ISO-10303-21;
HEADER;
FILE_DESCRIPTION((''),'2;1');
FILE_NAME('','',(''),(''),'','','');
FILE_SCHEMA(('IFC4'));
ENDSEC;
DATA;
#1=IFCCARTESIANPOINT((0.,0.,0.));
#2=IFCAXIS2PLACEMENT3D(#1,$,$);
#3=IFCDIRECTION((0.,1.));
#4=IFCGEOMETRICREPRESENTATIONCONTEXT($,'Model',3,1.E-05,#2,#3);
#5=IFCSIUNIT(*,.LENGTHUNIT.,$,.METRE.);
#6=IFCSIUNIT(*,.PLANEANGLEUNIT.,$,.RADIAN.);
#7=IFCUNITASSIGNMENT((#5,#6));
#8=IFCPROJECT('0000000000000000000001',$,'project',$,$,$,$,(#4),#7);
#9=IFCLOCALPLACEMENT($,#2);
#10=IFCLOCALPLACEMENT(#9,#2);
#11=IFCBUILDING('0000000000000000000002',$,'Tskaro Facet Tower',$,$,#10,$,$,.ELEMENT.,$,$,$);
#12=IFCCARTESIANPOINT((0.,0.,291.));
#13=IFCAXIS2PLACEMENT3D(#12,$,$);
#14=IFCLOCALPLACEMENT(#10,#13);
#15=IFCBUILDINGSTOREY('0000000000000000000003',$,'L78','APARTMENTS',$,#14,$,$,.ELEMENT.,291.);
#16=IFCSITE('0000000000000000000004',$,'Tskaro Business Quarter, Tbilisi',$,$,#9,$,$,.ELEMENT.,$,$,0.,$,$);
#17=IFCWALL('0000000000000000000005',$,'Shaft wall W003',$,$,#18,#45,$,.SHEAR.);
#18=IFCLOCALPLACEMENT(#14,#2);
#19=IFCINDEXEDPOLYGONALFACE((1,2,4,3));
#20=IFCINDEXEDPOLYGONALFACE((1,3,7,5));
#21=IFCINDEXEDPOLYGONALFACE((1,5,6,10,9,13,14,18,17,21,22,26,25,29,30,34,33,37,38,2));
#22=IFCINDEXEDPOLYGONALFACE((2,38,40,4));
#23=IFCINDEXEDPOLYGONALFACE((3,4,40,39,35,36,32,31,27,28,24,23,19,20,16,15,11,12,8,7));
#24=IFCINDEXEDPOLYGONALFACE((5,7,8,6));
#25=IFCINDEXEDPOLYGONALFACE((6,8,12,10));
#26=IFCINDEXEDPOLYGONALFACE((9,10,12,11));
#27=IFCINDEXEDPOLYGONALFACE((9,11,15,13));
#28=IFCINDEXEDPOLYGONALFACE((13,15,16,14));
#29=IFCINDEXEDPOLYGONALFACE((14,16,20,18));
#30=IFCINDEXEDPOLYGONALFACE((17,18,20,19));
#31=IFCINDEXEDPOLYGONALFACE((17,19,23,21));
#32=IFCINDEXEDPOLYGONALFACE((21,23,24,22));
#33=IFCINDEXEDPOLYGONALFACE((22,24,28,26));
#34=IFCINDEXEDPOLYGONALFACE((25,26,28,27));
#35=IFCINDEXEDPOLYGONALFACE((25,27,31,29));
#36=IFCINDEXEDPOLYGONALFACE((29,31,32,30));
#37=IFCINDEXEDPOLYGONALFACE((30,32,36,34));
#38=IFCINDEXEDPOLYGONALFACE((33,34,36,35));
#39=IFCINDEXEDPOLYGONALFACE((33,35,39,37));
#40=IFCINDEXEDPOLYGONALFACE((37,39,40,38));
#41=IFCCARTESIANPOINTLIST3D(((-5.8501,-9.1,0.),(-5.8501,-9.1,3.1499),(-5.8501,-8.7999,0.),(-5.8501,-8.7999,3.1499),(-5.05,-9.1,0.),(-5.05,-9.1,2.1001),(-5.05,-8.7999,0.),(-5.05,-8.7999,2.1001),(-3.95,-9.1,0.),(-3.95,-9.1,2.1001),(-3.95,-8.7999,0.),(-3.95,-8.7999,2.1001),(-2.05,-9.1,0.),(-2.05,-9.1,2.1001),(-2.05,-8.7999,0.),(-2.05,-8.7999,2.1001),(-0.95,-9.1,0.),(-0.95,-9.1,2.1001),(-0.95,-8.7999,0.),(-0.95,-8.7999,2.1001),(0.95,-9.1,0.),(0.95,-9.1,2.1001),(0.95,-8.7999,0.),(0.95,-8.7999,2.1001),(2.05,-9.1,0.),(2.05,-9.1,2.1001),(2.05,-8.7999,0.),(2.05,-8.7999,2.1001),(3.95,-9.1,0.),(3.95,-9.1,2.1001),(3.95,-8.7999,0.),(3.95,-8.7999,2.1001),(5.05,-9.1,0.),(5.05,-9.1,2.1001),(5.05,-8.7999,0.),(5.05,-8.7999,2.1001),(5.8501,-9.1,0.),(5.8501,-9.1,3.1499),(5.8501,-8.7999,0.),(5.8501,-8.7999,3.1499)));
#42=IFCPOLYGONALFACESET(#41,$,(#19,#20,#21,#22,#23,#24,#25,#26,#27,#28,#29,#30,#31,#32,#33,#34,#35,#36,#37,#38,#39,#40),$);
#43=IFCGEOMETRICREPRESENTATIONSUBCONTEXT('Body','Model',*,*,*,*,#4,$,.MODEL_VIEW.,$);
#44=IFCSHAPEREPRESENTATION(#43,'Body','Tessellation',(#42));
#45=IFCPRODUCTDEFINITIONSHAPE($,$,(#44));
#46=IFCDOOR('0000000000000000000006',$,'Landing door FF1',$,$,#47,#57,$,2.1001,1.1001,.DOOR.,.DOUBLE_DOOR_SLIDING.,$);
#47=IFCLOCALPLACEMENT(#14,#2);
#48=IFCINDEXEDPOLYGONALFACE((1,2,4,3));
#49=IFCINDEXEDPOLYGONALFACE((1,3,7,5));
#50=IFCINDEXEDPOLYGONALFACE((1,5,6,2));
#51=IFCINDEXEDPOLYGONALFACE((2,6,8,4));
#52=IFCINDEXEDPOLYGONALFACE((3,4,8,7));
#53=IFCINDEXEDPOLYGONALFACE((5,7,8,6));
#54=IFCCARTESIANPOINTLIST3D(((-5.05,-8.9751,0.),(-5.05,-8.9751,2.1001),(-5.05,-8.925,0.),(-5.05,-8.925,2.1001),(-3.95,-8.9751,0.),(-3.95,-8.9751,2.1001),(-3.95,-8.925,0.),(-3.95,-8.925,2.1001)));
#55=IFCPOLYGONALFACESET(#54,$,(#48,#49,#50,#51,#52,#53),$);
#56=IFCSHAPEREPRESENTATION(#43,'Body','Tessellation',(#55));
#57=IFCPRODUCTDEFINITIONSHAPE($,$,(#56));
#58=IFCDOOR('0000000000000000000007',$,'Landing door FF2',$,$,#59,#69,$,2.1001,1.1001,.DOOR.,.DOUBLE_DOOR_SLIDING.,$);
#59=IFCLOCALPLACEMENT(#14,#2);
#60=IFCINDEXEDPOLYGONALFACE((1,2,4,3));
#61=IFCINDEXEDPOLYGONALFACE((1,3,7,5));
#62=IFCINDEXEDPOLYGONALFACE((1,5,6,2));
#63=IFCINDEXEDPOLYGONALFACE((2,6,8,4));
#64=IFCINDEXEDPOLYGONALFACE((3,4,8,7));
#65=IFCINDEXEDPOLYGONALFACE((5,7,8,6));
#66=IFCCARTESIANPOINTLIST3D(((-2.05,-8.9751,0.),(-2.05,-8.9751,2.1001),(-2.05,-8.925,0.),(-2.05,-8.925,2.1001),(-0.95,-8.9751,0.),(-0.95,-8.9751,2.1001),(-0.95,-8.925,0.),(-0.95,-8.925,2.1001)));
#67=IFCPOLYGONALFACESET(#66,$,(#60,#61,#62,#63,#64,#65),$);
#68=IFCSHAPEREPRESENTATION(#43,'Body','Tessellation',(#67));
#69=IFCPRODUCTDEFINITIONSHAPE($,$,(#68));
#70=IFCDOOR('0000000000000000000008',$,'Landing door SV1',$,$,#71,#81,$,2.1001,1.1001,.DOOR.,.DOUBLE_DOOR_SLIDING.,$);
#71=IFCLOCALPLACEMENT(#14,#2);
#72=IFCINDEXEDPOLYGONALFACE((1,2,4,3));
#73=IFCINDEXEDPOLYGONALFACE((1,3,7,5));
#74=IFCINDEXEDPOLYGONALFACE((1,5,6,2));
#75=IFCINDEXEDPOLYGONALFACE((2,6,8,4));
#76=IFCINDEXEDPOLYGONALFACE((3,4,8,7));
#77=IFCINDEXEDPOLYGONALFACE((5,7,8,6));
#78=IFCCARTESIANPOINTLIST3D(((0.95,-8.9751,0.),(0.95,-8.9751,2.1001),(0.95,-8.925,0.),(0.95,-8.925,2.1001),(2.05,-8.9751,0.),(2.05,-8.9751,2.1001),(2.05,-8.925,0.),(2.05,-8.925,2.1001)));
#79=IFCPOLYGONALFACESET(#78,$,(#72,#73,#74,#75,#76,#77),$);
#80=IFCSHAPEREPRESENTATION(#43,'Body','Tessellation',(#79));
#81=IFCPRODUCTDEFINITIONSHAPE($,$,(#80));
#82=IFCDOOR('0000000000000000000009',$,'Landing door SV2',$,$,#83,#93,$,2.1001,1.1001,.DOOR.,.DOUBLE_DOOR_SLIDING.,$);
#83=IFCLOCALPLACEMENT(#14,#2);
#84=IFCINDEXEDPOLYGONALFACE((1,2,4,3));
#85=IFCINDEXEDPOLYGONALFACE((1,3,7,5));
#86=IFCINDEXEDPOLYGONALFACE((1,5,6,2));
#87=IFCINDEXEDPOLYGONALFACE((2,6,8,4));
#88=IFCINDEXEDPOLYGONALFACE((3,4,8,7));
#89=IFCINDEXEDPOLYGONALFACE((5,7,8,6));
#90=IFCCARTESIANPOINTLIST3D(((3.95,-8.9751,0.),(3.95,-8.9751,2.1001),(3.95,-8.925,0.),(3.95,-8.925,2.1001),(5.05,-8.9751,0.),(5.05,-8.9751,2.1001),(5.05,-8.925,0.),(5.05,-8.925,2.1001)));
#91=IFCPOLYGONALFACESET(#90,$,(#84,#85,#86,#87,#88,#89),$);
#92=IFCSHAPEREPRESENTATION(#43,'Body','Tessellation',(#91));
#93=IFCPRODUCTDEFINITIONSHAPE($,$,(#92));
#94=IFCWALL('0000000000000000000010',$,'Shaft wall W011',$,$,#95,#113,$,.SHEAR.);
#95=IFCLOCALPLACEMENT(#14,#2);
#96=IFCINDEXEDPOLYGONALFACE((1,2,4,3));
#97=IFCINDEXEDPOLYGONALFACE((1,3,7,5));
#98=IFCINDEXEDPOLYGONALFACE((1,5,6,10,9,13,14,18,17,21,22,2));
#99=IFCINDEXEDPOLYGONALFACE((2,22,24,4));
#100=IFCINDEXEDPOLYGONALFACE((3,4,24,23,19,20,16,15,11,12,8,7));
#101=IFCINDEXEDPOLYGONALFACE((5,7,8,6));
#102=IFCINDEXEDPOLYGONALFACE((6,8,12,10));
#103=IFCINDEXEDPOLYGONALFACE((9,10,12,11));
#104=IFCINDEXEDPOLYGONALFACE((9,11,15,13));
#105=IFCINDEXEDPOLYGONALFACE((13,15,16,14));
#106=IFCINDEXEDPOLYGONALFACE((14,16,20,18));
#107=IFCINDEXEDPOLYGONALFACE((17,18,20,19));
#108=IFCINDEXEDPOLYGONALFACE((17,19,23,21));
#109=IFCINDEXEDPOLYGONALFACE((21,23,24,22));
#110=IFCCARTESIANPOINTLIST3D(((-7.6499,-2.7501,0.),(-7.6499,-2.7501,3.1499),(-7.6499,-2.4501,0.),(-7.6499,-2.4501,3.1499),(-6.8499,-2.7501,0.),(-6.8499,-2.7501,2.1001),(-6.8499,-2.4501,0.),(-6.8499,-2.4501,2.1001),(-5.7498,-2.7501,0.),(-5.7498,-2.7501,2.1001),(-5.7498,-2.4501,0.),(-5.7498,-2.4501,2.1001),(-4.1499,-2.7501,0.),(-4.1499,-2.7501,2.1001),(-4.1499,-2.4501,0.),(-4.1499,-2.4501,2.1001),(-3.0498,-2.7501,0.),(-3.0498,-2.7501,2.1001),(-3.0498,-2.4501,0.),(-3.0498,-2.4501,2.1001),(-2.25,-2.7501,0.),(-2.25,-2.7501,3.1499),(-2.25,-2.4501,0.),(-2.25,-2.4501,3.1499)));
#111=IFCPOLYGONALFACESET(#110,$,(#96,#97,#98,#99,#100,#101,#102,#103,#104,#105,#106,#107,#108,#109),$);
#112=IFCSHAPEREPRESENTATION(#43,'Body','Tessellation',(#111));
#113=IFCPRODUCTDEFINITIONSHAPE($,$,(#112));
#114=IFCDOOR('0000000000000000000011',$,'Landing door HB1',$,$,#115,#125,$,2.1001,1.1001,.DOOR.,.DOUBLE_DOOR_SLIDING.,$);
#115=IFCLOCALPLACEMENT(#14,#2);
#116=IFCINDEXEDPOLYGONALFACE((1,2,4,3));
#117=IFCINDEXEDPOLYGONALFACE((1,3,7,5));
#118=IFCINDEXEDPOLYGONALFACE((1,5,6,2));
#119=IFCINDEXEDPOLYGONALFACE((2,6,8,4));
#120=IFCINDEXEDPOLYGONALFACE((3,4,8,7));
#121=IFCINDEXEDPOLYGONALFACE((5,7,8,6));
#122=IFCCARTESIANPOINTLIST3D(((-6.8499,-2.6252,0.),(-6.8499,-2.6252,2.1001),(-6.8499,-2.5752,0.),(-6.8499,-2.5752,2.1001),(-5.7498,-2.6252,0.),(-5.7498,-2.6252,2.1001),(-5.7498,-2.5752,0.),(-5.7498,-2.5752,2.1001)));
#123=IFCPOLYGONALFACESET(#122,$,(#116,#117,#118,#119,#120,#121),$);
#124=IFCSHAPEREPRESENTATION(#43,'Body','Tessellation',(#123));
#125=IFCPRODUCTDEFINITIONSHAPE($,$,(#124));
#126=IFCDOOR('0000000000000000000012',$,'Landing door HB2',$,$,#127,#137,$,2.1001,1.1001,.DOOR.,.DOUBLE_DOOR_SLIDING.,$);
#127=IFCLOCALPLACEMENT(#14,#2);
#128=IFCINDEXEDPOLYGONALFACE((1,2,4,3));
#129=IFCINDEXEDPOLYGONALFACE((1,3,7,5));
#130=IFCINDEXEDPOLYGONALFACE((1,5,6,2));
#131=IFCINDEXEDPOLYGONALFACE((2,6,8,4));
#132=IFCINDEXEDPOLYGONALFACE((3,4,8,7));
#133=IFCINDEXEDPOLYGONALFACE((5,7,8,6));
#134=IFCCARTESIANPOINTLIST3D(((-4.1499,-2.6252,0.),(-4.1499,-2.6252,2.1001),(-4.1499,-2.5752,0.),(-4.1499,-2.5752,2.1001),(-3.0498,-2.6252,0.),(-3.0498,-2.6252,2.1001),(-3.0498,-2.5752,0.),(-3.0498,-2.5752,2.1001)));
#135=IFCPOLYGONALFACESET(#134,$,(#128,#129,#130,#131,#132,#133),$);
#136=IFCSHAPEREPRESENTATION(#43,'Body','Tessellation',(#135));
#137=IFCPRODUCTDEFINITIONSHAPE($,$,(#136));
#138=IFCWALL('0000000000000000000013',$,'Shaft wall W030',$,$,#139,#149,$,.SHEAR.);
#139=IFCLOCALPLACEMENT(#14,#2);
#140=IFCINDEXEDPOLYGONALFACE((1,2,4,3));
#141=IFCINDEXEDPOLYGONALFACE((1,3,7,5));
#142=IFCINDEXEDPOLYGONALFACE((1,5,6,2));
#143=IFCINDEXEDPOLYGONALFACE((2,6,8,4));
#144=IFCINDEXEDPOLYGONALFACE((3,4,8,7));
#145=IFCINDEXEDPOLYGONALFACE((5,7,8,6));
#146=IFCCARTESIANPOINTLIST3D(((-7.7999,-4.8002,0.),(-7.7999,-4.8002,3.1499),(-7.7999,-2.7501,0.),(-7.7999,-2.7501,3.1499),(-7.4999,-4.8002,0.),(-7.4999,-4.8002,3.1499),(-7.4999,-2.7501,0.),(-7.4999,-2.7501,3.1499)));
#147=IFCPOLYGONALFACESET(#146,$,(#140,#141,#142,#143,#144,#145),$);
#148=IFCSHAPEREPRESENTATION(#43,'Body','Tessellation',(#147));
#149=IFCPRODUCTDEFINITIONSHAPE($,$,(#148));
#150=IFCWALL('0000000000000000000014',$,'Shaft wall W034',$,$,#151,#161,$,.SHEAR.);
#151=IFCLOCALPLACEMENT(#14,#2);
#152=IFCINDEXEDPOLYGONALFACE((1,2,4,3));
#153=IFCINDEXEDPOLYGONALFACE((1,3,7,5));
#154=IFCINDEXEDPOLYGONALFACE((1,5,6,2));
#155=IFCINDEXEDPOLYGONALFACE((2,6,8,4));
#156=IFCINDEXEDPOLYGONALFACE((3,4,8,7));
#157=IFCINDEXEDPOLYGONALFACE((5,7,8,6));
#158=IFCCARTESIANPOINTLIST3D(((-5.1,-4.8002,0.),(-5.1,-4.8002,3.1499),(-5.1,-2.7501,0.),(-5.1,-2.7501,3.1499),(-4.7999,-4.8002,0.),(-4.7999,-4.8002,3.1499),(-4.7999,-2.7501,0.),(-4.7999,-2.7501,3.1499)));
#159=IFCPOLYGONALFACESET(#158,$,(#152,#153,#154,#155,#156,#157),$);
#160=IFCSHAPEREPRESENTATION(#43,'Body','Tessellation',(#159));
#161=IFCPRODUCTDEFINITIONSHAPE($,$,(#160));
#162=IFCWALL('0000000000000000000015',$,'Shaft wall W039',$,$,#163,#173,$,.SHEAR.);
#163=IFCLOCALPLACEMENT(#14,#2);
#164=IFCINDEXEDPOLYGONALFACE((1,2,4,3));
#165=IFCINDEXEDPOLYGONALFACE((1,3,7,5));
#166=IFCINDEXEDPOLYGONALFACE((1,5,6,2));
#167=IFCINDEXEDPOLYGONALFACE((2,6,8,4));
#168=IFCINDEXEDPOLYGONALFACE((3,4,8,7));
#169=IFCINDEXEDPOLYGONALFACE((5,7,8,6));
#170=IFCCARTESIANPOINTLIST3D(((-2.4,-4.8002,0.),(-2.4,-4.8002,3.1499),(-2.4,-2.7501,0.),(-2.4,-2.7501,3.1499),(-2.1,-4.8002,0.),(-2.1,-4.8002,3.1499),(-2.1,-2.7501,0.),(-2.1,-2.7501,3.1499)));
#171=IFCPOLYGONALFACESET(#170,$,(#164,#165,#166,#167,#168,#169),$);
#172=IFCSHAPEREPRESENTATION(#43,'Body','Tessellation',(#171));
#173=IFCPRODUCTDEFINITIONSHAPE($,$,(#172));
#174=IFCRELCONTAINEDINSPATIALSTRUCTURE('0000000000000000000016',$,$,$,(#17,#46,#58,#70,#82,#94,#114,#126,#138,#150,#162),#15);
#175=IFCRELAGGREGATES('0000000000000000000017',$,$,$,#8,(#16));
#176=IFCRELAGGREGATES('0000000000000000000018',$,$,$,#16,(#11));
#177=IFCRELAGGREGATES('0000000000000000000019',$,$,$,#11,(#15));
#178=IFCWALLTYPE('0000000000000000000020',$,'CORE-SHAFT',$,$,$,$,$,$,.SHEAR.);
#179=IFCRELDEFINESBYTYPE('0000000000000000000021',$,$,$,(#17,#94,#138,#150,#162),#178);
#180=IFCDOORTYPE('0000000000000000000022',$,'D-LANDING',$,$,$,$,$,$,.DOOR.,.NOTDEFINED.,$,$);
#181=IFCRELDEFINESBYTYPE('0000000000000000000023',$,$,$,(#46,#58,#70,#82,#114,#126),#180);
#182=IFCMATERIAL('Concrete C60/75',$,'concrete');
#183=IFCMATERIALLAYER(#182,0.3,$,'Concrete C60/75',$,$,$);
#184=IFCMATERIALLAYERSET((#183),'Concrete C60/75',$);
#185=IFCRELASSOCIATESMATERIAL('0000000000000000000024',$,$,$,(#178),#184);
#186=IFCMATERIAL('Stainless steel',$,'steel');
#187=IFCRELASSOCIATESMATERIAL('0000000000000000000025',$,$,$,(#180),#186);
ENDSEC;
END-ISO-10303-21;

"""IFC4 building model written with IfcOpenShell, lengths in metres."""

from ifc_helpers import new_model, si_unit, direction, frame, frame_2d, origin, place, context, subcontext, project, spatial, rectangle, extrude, material, layer, layer_set, type_object, element, fill, save


model = new_model("IFC4")

# Units and contexts
model_context = context("Model", 3, precision=1e-05, world=origin(), true_north=direction((0.0, 1.0)))
body_context = subcontext(model_context, "Body", "Model", "MODEL_VIEW")
ifc_project = project(units=[si_unit("LENGTHUNIT", "METRE"), si_unit("PLANEANGLEUNIT", "RADIAN")], contexts=[model_context])

# Site, building, storey
site_placement = place(None, origin())
site = spatial("IfcSite", under=ifc_project, at=site_placement, Name="Tskaro Business Quarter, Tbilisi", CompositionType="ELEMENT", RefElevation=0.0)
building_placement = place(site_placement, origin())
building = spatial("IfcBuilding", under=site, at=building_placement, Name="Tskaro Facet Tower", CompositionType="ELEMENT")
storey_placement = place(building_placement, frame((0.0, 0.0, 291.0)))
storey = spatial("IfcBuildingStorey", under=building, at=storey_placement, Name="L78", Description="APARTMENTS", CompositionType="ELEMENT", Elevation=291.0)

# Walls, openings, doors
ifc_material_1 = material(Name="Concrete C60/75", Category="concrete")
ifc_layer_1 = layer(ifc_material_1, 0.3, Name="Concrete C60/75")
ifc_layer_set_1 = layer_set([ifc_layer_1], Name="Concrete C60/75")
wall_type_1 = type_object("IfcWallType", Name="CORE-SHAFT", PredefinedType="SHEAR", material=ifc_layer_set_1)
wall_1_placement = place(storey_placement, frame((-5.8501, -8.95, 0.0), z_axis=(0.0, 0.0, 1.0), x_axis=(1.0, 0.0, 0.0)))
wall_1 = element("IfcWall", 1, at=wall_1_placement, inside=storey, type_object=wall_type_1, Name="Shaft wall W003", PredefinedType="SHEAR", context=body_context, shape_type="SweptSolid", body=[
    extrude(rectangle(XDim=11.7002, YDim=0.3, at=frame_2d((5.8501, 0.0))), origin(), (0.0, 0.0, 1.0), 3.1499),
])
opening_1_placement = place(wall_1_placement, frame((0.8, 0.0, 0.0)))
opening_1 = element("IfcOpeningElement", 2, at=opening_1_placement, cuts=wall_1, PredefinedType="OPENING", context=body_context, shape_type="SweptSolid", body=[
    extrude(rectangle(XDim=1.1001, YDim=2.1001, at=frame_2d((0.55, 1.05))), frame((0.0, 0.1599, 0.0), z_axis=(0.0, -1.0, 0.0), x_axis=(1.0, 0.0, 0.0)), (0.0, 0.0, 1.0), 0.3201),
])
opening_2_placement = place(wall_1_placement, frame((3.8, 0.0, 0.0)))
opening_2 = element("IfcOpeningElement", 3, at=opening_2_placement, cuts=wall_1, PredefinedType="OPENING", context=body_context, shape_type="SweptSolid", body=[
    extrude(rectangle(XDim=1.1001, YDim=2.1001, at=frame_2d((0.55, 1.05))), frame((0.0, 0.1599, 0.0), z_axis=(0.0, -1.0, 0.0), x_axis=(1.0, 0.0, 0.0)), (0.0, 0.0, 1.0), 0.3201),
])
opening_3_placement = place(wall_1_placement, frame((6.8, 0.0, 0.0)))
opening_3 = element("IfcOpeningElement", 4, at=opening_3_placement, cuts=wall_1, PredefinedType="OPENING", context=body_context, shape_type="SweptSolid", body=[
    extrude(rectangle(XDim=1.1001, YDim=2.1001, at=frame_2d((0.55, 1.05))), frame((0.0, 0.1599, 0.0), z_axis=(0.0, -1.0, 0.0), x_axis=(1.0, 0.0, 0.0)), (0.0, 0.0, 1.0), 0.3201),
])
opening_4_placement = place(wall_1_placement, frame((9.8, 0.0, 0.0)))
opening_4 = element("IfcOpeningElement", 5, at=opening_4_placement, cuts=wall_1, PredefinedType="OPENING", context=body_context, shape_type="SweptSolid", body=[
    extrude(rectangle(XDim=1.1001, YDim=2.1001, at=frame_2d((0.55, 1.05))), frame((0.0, 0.1599, 0.0), z_axis=(0.0, -1.0, 0.0), x_axis=(1.0, 0.0, 0.0)), (0.0, 0.0, 1.0), 0.3201),
])
ifc_material_2 = material(Name="Stainless steel", Category="steel")
door_type_1 = type_object("IfcDoorType", Name="D-LANDING", OperationType="NOTDEFINED", PredefinedType="DOOR", material=ifc_material_2)
door_1_placement = place(opening_1_placement, origin())
door_1 = element("IfcDoor", 6, at=door_1_placement, inside=storey, type_object=door_type_1, Name="Landing door FF1", OperationType="DOUBLE_DOOR_SLIDING", OverallHeight=2.1001, OverallWidth=1.1001, PredefinedType="DOOR", context=body_context, shape_type="SweptSolid", body=[
    extrude(rectangle(XDim=1.1001, YDim=2.1001, at=frame_2d((0.55, 1.05))), frame((0.0, 0.0249, 0.0), z_axis=(0.0, -1.0, 0.0), x_axis=(1.0, 0.0, 0.0)), (0.0, 0.0, 1.0), 0.05),
])
fill(opening_1, door_1)
door_2_placement = place(opening_2_placement, origin())
door_2 = element("IfcDoor", 7, at=door_2_placement, inside=storey, type_object=door_type_1, Name="Landing door FF2", OperationType="DOUBLE_DOOR_SLIDING", OverallHeight=2.1001, OverallWidth=1.1001, PredefinedType="DOOR", context=body_context, shape_type="SweptSolid", body=[
    extrude(rectangle(XDim=1.1001, YDim=2.1001, at=frame_2d((0.55, 1.05))), frame((0.0, 0.0249, 0.0), z_axis=(0.0, -1.0, 0.0), x_axis=(1.0, 0.0, 0.0)), (0.0, 0.0, 1.0), 0.05),
])
fill(opening_2, door_2)
door_3_placement = place(opening_3_placement, origin())
door_3 = element("IfcDoor", 8, at=door_3_placement, inside=storey, type_object=door_type_1, Name="Landing door SV1", OperationType="DOUBLE_DOOR_SLIDING", OverallHeight=2.1001, OverallWidth=1.1001, PredefinedType="DOOR", context=body_context, shape_type="SweptSolid", body=[
    extrude(rectangle(XDim=1.1001, YDim=2.1001, at=frame_2d((0.55, 1.05))), frame((0.0, 0.0249, 0.0), z_axis=(0.0, -1.0, 0.0), x_axis=(1.0, 0.0, 0.0)), (0.0, 0.0, 1.0), 0.05),
])
fill(opening_3, door_3)
door_4_placement = place(opening_4_placement, origin())
door_4 = element("IfcDoor", 9, at=door_4_placement, inside=storey, type_object=door_type_1, Name="Landing door SV2", OperationType="DOUBLE_DOOR_SLIDING", OverallHeight=2.1001, OverallWidth=1.1001, PredefinedType="DOOR", context=body_context, shape_type="SweptSolid", body=[
    extrude(rectangle(XDim=1.1001, YDim=2.1001, at=frame_2d((0.55, 1.05))), frame((0.0, 0.0249, 0.0), z_axis=(0.0, -1.0, 0.0), x_axis=(1.0, 0.0, 0.0)), (0.0, 0.0, 1.0), 0.05),
])
fill(opening_4, door_4)
wall_2_placement = place(storey_placement, frame((-7.6499, -2.6001, 0.0), z_axis=(0.0, 0.0, 1.0), x_axis=(1.0, 0.0, 0.0)))
wall_2 = element("IfcWall", 10, at=wall_2_placement, inside=storey, type_object=wall_type_1, Name="Shaft wall W011", PredefinedType="SHEAR", context=body_context, shape_type="SweptSolid", body=[
    extrude(rectangle(XDim=5.3999, YDim=0.3, at=frame_2d((2.7, 0.0))), origin(), (0.0, 0.0, 1.0), 3.1499),
])
opening_5_placement = place(wall_2_placement, frame((0.8, 0.0, 0.0)))
opening_5 = element("IfcOpeningElement", 11, at=opening_5_placement, cuts=wall_2, PredefinedType="OPENING", context=body_context, shape_type="SweptSolid", body=[
    extrude(rectangle(XDim=1.1001, YDim=2.1001, at=frame_2d((0.55, 1.05))), frame((0.0, 0.1599, 0.0), z_axis=(0.0, -1.0, 0.0), x_axis=(1.0, 0.0, 0.0)), (0.0, 0.0, 1.0), 0.3201),
])
opening_6_placement = place(wall_2_placement, frame((3.5, 0.0, 0.0)))
opening_6 = element("IfcOpeningElement", 12, at=opening_6_placement, cuts=wall_2, PredefinedType="OPENING", context=body_context, shape_type="SweptSolid", body=[
    extrude(rectangle(XDim=1.1001, YDim=2.1001, at=frame_2d((0.55, 1.05))), frame((0.0, 0.1599, 0.0), z_axis=(0.0, -1.0, 0.0), x_axis=(1.0, 0.0, 0.0)), (0.0, 0.0, 1.0), 0.3201),
])
door_5_placement = place(opening_5_placement, origin())
door_5 = element("IfcDoor", 13, at=door_5_placement, inside=storey, type_object=door_type_1, Name="Landing door HB1", OperationType="DOUBLE_DOOR_SLIDING", OverallHeight=2.1001, OverallWidth=1.1001, PredefinedType="DOOR", context=body_context, shape_type="SweptSolid", body=[
    extrude(rectangle(XDim=1.1001, YDim=2.1001, at=frame_2d((0.55, 1.05))), frame((0.0, 0.0249, 0.0), z_axis=(0.0, -1.0, 0.0), x_axis=(1.0, 0.0, 0.0)), (0.0, 0.0, 1.0), 0.05),
])
fill(opening_5, door_5)
door_6_placement = place(opening_6_placement, origin())
door_6 = element("IfcDoor", 14, at=door_6_placement, inside=storey, type_object=door_type_1, Name="Landing door HB2", OperationType="DOUBLE_DOOR_SLIDING", OverallHeight=2.1001, OverallWidth=1.1001, PredefinedType="DOOR", context=body_context, shape_type="SweptSolid", body=[
    extrude(rectangle(XDim=1.1001, YDim=2.1001, at=frame_2d((0.55, 1.05))), frame((0.0, 0.0249, 0.0), z_axis=(0.0, -1.0, 0.0), x_axis=(1.0, 0.0, 0.0)), (0.0, 0.0, 1.0), 0.05),
])
fill(opening_6, door_6)

# Walls
for number, where, z_axis, x_axis, name in (
    (15, (-7.6499, -4.8, 0.0), (0.0, 0.0, 1.0), (0.0, 1.0, 0.0), "Shaft wall W030"),
    (16, (-4.95, -4.8, 0.0), (0.0, 0.0, 1.0), (0.0, 1.0, 0.0), "Shaft wall W034"),
    (17, (-2.25, -4.8, 0.0), (0.0, 0.0, 1.0), (0.0, 1.0, 0.0), "Shaft wall W039"),
):
    element("IfcWall", number, at=place(storey_placement, frame(where, z_axis=z_axis, x_axis=x_axis)), inside=storey, type_object=wall_type_1, Name=name, PredefinedType="SHEAR", context=body_context, shape_type="SweptSolid", body=[
        extrude(rectangle(XDim=2.05, YDim=0.3, at=frame_2d((1.0249, 0.0))), origin(), (0.0, 0.0, 1.0), 3.1499),
    ])

save(model, "model.ifc")
